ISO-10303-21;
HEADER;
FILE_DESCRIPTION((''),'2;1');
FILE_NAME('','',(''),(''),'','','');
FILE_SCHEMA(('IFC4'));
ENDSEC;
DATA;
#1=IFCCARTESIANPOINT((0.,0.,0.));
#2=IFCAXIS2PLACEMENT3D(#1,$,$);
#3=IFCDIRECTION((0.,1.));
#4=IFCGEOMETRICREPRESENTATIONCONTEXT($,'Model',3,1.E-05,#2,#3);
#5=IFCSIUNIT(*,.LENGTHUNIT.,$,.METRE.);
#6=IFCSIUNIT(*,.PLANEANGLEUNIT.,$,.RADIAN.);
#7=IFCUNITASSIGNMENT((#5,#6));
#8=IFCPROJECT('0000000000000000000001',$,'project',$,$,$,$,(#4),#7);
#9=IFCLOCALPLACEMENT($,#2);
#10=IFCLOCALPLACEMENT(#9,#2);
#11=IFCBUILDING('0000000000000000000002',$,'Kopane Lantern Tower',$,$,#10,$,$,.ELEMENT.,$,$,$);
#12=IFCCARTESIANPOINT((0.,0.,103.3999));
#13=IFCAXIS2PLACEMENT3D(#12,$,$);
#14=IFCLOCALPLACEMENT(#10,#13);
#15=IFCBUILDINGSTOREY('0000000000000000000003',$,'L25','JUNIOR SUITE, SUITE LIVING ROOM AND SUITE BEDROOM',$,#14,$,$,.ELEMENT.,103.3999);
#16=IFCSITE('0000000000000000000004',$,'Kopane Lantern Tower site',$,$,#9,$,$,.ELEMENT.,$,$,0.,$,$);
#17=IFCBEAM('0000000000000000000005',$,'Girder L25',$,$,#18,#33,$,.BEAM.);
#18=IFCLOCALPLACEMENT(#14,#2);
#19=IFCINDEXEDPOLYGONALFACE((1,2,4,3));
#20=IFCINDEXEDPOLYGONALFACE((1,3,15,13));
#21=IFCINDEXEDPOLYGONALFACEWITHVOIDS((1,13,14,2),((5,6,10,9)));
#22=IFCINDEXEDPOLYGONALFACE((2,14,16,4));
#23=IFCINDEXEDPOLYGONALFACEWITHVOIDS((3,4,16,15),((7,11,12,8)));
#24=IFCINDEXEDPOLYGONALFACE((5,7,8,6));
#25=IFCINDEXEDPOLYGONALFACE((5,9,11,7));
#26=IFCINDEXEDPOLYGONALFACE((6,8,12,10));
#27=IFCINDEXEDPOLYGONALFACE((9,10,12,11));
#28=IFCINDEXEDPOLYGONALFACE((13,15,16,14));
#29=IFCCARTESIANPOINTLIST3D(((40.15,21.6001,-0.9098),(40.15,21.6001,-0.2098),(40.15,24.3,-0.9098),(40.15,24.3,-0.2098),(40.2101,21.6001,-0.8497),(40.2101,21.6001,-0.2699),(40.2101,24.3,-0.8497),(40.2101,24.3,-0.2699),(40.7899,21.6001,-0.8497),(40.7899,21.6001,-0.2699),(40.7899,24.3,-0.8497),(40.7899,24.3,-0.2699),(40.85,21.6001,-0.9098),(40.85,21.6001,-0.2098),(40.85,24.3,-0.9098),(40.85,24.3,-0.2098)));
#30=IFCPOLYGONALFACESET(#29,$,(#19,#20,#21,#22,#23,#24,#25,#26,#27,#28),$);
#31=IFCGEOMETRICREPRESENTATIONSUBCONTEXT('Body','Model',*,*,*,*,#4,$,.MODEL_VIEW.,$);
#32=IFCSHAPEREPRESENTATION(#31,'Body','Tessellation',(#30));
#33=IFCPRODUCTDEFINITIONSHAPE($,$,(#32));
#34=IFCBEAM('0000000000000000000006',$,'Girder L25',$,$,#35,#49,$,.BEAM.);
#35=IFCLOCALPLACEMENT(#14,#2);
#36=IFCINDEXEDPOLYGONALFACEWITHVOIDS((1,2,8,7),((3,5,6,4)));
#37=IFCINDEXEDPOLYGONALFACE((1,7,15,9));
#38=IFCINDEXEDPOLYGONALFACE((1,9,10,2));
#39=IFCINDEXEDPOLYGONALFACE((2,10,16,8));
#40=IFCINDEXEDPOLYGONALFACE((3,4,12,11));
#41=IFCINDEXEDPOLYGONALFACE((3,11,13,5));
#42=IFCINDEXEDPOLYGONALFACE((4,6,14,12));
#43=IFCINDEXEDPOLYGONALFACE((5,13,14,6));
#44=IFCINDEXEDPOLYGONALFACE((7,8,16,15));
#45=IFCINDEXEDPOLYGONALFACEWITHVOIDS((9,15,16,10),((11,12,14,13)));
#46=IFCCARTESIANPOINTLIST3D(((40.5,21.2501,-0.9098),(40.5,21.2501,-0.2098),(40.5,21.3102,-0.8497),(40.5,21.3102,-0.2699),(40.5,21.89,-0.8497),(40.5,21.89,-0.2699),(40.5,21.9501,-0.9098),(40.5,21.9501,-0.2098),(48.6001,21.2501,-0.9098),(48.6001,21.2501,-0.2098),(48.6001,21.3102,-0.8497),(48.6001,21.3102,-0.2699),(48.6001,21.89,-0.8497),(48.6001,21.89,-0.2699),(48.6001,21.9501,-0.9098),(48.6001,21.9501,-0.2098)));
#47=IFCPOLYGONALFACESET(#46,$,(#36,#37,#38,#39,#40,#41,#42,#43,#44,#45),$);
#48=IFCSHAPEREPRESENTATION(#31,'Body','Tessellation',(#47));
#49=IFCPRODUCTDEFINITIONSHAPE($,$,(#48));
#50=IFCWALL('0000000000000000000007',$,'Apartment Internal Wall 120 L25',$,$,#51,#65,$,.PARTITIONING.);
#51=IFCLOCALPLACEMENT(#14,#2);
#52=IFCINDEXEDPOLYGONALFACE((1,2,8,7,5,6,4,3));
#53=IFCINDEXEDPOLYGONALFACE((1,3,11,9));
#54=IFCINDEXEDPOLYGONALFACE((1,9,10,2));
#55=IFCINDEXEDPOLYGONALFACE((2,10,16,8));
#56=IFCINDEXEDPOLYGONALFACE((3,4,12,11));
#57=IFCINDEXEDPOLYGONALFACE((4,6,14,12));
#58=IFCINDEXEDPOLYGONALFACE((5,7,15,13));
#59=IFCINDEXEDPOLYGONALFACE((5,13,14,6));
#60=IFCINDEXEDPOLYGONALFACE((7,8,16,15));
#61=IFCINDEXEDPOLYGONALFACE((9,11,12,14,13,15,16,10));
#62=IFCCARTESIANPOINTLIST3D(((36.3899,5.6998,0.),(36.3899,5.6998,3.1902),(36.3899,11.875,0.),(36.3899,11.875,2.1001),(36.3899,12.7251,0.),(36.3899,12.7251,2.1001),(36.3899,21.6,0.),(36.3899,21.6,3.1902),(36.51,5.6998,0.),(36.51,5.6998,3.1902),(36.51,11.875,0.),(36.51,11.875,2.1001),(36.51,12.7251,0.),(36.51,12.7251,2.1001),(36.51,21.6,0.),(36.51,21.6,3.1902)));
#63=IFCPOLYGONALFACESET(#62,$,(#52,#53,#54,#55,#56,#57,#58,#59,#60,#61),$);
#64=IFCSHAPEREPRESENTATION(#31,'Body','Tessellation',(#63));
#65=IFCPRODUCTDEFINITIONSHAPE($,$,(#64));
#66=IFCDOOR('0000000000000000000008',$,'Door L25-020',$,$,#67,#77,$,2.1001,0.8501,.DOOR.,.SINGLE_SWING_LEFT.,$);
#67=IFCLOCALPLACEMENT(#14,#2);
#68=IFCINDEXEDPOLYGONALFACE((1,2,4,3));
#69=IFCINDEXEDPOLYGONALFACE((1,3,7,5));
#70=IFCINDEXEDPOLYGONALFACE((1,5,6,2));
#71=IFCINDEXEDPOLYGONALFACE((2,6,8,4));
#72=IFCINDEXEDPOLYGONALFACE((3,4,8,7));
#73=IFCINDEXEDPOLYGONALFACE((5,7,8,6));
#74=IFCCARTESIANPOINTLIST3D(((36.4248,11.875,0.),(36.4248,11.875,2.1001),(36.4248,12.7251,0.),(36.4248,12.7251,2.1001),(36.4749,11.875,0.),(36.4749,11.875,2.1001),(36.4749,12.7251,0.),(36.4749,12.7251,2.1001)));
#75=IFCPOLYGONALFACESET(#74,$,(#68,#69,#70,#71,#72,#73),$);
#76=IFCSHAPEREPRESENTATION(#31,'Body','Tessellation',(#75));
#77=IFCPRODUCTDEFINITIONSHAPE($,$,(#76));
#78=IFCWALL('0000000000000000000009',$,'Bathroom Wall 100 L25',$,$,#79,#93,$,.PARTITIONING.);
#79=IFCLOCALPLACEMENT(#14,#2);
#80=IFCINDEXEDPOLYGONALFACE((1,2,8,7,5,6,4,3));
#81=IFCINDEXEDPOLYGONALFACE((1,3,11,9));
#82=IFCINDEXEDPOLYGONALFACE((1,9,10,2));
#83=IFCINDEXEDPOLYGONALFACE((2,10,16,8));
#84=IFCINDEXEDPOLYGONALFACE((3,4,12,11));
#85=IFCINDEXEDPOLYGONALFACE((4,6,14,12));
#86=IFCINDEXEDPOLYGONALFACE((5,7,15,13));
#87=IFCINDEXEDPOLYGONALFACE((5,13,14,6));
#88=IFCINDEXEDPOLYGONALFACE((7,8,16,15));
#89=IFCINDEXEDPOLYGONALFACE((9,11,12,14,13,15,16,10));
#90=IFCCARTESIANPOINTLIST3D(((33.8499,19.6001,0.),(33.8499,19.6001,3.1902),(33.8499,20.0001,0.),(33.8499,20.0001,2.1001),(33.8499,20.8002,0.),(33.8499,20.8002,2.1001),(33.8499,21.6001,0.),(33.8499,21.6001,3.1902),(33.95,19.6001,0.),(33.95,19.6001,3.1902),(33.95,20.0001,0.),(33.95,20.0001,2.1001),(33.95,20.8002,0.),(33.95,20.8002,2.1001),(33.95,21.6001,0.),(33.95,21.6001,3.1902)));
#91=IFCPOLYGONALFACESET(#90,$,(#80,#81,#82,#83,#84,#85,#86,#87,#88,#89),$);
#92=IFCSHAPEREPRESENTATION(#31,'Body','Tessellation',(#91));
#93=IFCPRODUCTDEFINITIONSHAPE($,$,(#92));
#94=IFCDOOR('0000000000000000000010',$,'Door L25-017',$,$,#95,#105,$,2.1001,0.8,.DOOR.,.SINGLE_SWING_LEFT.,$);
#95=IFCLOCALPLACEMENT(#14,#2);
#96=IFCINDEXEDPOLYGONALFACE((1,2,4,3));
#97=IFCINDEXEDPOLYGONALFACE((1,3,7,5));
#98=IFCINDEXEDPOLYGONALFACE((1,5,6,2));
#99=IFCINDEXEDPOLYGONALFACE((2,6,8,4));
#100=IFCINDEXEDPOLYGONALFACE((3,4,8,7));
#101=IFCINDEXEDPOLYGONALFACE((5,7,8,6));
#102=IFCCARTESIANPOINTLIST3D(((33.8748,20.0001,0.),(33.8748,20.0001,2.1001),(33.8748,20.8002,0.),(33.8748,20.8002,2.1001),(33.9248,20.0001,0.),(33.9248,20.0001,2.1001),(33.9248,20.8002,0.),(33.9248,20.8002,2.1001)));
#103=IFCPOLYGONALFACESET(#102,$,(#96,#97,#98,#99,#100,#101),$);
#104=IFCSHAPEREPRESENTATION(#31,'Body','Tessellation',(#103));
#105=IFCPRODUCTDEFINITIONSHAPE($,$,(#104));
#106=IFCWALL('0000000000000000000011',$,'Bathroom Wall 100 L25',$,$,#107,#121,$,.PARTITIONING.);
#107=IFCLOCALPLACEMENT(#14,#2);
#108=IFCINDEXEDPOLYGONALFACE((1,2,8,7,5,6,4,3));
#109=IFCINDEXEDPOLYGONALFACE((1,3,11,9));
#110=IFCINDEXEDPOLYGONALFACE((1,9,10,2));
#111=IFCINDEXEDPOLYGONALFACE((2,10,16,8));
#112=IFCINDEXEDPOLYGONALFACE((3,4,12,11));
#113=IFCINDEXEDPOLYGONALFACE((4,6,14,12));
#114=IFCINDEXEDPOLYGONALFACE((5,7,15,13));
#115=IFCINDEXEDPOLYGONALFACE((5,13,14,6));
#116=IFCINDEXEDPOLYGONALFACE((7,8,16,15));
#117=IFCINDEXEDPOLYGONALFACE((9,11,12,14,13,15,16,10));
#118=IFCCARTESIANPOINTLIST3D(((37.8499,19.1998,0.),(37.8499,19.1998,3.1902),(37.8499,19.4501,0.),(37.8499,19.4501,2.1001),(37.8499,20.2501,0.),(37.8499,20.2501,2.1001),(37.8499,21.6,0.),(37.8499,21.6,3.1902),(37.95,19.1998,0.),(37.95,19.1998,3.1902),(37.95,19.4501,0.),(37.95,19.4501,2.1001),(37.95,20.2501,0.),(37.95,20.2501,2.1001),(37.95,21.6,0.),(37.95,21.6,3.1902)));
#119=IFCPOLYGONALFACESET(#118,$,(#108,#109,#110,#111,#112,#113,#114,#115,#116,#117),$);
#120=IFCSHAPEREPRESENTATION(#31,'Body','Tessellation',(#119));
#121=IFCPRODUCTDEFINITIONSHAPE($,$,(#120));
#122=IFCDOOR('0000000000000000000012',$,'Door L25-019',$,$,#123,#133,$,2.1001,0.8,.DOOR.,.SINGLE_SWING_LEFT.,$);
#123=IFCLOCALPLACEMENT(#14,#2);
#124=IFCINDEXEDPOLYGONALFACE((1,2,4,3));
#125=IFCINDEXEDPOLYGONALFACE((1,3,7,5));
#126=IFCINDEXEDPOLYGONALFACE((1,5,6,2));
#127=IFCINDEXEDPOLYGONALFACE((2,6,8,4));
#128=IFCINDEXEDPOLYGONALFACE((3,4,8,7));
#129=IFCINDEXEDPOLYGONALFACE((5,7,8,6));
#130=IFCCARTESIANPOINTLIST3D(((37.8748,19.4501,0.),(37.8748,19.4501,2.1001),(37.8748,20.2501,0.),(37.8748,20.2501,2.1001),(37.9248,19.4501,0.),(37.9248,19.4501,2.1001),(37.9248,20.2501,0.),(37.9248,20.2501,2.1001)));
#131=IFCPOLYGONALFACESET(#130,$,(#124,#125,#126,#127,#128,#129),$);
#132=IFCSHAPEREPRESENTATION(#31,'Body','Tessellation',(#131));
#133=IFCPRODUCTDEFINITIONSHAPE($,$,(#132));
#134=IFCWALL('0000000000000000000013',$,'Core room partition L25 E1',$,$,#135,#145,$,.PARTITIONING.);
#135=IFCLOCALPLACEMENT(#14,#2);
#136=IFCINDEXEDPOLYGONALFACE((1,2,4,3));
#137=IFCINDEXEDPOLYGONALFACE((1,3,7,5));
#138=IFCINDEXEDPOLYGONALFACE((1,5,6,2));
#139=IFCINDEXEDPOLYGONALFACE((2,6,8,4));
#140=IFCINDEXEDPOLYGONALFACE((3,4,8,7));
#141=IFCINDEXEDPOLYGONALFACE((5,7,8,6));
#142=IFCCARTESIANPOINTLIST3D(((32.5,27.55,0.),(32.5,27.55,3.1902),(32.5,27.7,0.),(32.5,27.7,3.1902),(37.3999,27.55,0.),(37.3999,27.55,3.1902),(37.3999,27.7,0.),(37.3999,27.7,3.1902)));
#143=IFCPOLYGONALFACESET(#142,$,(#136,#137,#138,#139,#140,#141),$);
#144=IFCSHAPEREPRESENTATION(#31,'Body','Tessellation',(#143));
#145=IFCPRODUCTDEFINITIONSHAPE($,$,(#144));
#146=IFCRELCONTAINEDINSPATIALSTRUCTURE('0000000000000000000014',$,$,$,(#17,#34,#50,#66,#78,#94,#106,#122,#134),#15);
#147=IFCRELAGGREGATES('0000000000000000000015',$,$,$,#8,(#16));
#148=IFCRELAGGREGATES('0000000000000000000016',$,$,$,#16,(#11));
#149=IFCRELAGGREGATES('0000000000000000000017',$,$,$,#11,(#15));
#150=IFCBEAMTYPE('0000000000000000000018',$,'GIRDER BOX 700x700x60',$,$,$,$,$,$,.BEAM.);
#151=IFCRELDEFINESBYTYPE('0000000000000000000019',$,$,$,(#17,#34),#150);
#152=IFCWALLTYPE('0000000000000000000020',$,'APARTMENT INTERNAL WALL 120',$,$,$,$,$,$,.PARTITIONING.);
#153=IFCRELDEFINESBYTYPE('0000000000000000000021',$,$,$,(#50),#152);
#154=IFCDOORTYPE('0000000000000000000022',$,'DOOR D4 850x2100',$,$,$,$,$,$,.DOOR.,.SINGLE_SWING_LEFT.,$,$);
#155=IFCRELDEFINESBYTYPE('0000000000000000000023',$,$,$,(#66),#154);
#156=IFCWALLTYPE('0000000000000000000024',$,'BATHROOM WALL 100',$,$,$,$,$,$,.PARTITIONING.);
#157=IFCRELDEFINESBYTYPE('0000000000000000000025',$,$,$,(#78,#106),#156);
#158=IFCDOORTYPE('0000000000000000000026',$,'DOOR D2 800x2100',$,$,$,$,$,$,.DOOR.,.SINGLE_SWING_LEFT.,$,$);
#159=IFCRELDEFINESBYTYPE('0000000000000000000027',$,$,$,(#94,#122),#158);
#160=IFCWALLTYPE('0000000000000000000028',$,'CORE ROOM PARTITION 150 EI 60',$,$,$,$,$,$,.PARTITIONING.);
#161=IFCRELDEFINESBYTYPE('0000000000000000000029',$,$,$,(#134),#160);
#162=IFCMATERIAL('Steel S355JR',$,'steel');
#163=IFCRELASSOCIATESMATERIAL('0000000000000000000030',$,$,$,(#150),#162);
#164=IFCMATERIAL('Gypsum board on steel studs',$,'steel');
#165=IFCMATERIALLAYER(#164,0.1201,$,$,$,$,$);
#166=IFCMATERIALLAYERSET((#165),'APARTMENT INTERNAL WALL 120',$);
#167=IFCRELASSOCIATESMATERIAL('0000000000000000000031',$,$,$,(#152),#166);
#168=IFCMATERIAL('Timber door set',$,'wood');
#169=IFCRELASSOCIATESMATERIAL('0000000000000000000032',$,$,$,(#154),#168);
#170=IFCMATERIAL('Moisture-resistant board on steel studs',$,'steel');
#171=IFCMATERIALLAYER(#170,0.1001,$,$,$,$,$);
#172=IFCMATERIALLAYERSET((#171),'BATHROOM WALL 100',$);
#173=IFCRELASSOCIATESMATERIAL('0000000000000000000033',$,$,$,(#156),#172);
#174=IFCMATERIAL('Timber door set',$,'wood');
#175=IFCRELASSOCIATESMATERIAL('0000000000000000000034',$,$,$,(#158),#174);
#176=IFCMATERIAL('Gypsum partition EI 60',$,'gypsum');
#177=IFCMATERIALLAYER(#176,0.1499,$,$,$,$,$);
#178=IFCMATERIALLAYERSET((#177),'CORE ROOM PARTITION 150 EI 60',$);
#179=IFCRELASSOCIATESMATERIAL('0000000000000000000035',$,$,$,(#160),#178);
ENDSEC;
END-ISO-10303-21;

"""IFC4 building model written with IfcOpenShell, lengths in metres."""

from ifc_helpers import new_model, si_unit, direction, frame, frame_2d, origin, origin_2d, place, context, subcontext, project, spatial, rectangle, hollow_rectangle, extrude, material, layer, layer_set, material_profile, profile_set, type_object, element, fill, save


model = new_model("IFC4")

# Units and contexts
model_context = context("Model", 3, precision=1e-05, world=origin(), true_north=direction((0.0, 1.0)))
body_context = subcontext(model_context, "Body", "Model", "MODEL_VIEW")
ifc_project = project(units=[si_unit("LENGTHUNIT", "METRE"), si_unit("PLANEANGLEUNIT", "RADIAN")], contexts=[model_context])

# Site, building, storey
site_placement = place(None, origin())
site = spatial("IfcSite", under=ifc_project, at=site_placement, Name="Kopane Lantern Tower site", CompositionType="ELEMENT", RefElevation=0.0)
building_placement = place(site_placement, origin())
building = spatial("IfcBuilding", under=site, at=building_placement, Name="Kopane Lantern Tower", CompositionType="ELEMENT")
storey_placement = place(building_placement, frame((0.0, 0.0, 103.3999)))
storey = spatial("IfcBuildingStorey", under=building, at=storey_placement, Name="L25", Description="JUNIOR SUITE, SUITE LIVING ROOM AND SUITE BEDROOM", CompositionType="ELEMENT", Elevation=103.3999)

# Beams
ifc_material_1 = material(Name="Steel S355JR", Category="steel")
ifc_material_profile_1 = material_profile(ifc_material_1, hollow_rectangle(XDim=0.7, YDim=0.7, WallThickness=0.0601, at=origin_2d()), Name="BOX 700x700x60")
ifc_profile_set_1 = profile_set([ifc_material_profile_1], Name="Steel S355JR")
beam_type_1 = type_object("IfcBeamType", Name="GIRDER BOX 700x700x60", PredefinedType="BEAM", material=ifc_profile_set_1)
beam_1_placement = place(storey_placement, frame((40.5, 21.6001, -0.5598), z_axis=(0.0, 1.0, 0.0), x_axis=(-1.0, 0.0, 0.0)))
element("IfcBeam", 1, at=beam_1_placement, inside=storey, type_object=beam_type_1, Name="Girder L25", PredefinedType="BEAM", context=body_context, shape_type="SweptSolid", body=[
    extrude(hollow_rectangle(XDim=0.7, YDim=0.7, WallThickness=0.0601, at=origin_2d()), origin(), (0.0, 0.0, 1.0), 2.7),
])
beam_2_placement = place(storey_placement, frame((40.5, 21.6001, -0.5598), z_axis=(1.0, 0.0, 0.0), x_axis=(0.0, 1.0, 0.0)))
element("IfcBeam", 2, at=beam_2_placement, inside=storey, type_object=beam_type_1, Name="Girder L25", PredefinedType="BEAM", context=body_context, shape_type="SweptSolid", body=[
    extrude(hollow_rectangle(XDim=0.7, YDim=0.7, WallThickness=0.0601, at=origin_2d()), origin(), (0.0, 0.0, 1.0), 8.1001),
])

# Walls, openings, doors
ifc_material_2 = material(Name="Gypsum board on steel studs", Category="steel")
ifc_layer_1 = layer(ifc_material_2, 0.1201)
ifc_layer_set_1 = layer_set([ifc_layer_1], Name="APARTMENT INTERNAL WALL 120")
wall_type_1 = type_object("IfcWallType", Name="APARTMENT INTERNAL WALL 120", PredefinedType="PARTITIONING", material=ifc_layer_set_1)
wall_1_placement = place(storey_placement, frame((36.45, 21.6001, 0.0), z_axis=(0.0, 0.0, 1.0), x_axis=(0.0, -1.0, 0.0)))
wall_1 = element("IfcWall", 3, at=wall_1_placement, inside=storey, type_object=wall_type_1, Name="Apartment Internal Wall 120 L25", PredefinedType="PARTITIONING", context=body_context, shape_type="SweptSolid", body=[
    extrude(rectangle(XDim=15.9001, YDim=0.1201, at=frame_2d((7.9502, 0.0))), origin(), (0.0, 0.0, 1.0), 3.1902),
])
opening_1_placement = place(wall_1_placement, frame((8.875, 0.0, 0.0)))
opening_1 = element("IfcOpeningElement", 4, at=opening_1_placement, cuts=wall_1, PredefinedType="OPENING", context=body_context, shape_type="SweptSolid", body=[
    extrude(rectangle(XDim=0.8501, YDim=2.1001, at=frame_2d((0.425, 1.05))), frame((0.0, 0.0701, 0.0), z_axis=(0.0, -1.0, 0.0), x_axis=(1.0, 0.0, 0.0)), (0.0, 0.0, 1.0), 0.1401),
])
ifc_material_3 = material(Name="Timber door set", Category="wood")
door_type_1 = type_object("IfcDoorType", Name="DOOR D4 850x2100", OperationType="SINGLE_SWING_LEFT", PredefinedType="DOOR", material=ifc_material_3)
door_1_placement = place(opening_1_placement, origin())
door_1 = element("IfcDoor", 5, at=door_1_placement, inside=storey, type_object=door_type_1, Name="Door L25-020", OperationType="SINGLE_SWING_LEFT", OverallHeight=2.1001, OverallWidth=0.8501, PredefinedType="DOOR", context=body_context, shape_type="SweptSolid", body=[
    extrude(rectangle(XDim=0.8501, YDim=2.1001, at=frame_2d((0.425, 1.05))), frame((0.0, 0.0249, 0.0), z_axis=(0.0, -1.0, 0.0), x_axis=(1.0, 0.0, 0.0)), (0.0, 0.0, 1.0), 0.05),
])
fill(opening_1, door_1)
ifc_material_4 = material(Name="Moisture-resistant board on steel studs", Category="steel")
ifc_layer_2 = layer(ifc_material_4, 0.1001)
ifc_layer_set_2 = layer_set([ifc_layer_2], Name="BATHROOM WALL 100")
wall_type_2 = type_object("IfcWallType", Name="BATHROOM WALL 100", PredefinedType="PARTITIONING", material=ifc_layer_set_2)
wall_2_placement = place(storey_placement, frame((33.8999, 21.6001, 0.0), z_axis=(0.0, 0.0, 1.0), x_axis=(0.0, -1.0, 0.0)))
wall_2 = element("IfcWall", 6, at=wall_2_placement, inside=storey, type_object=wall_type_2, Name="Bathroom Wall 100 L25", PredefinedType="PARTITIONING", context=body_context, shape_type="SweptSolid", body=[
    extrude(rectangle(XDim=2.0, YDim=0.1001, at=frame_2d((1.0, 0.0))), origin(), (0.0, 0.0, 1.0), 3.1902),
])
opening_2_placement = place(wall_2_placement, frame((0.8, 0.0, 0.0)))
opening_2 = element("IfcOpeningElement", 7, at=opening_2_placement, cuts=wall_2, PredefinedType="OPENING", context=body_context, shape_type="SweptSolid", body=[
    extrude(rectangle(XDim=0.8, YDim=2.1001, at=frame_2d((0.3999, 1.05))), frame((0.0, 0.0601, 0.0), z_axis=(0.0, -1.0, 0.0), x_axis=(1.0, 0.0, 0.0)), (0.0, 0.0, 1.0), 0.1201),
])
ifc_material_5 = material(Name="Timber door set", Category="wood")
door_type_2 = type_object("IfcDoorType", Name="DOOR D2 800x2100", OperationType="SINGLE_SWING_LEFT", PredefinedType="DOOR", material=ifc_material_5)
door_2_placement = place(opening_2_placement, origin())
door_2 = element("IfcDoor", 8, at=door_2_placement, inside=storey, type_object=door_type_2, Name="Door L25-017", OperationType="SINGLE_SWING_LEFT", OverallHeight=2.1001, OverallWidth=0.8, PredefinedType="DOOR", context=body_context, shape_type="SweptSolid", body=[
    extrude(rectangle(XDim=0.8, YDim=2.1001, at=frame_2d((0.3999, 1.05))), frame((0.0, 0.0249, 0.0), z_axis=(0.0, -1.0, 0.0), x_axis=(1.0, 0.0, 0.0)), (0.0, 0.0, 1.0), 0.05),
])
fill(opening_2, door_2)
wall_3_placement = place(storey_placement, frame((37.8999, 21.6001, 0.0), z_axis=(0.0, 0.0, 1.0), x_axis=(0.0, -1.0, 0.0)))
wall_3 = element("IfcWall", 9, at=wall_3_placement, inside=storey, type_object=wall_type_2, Name="Bathroom Wall 100 L25", PredefinedType="PARTITIONING", context=body_context, shape_type="SweptSolid", body=[
    extrude(rectangle(XDim=2.4001, YDim=0.1001, at=frame_2d((1.2002, 0.0))), origin(), (0.0, 0.0, 1.0), 3.1902),
])
opening_3_placement = place(wall_3_placement, frame((1.3501, 0.0, 0.0)))
opening_3 = element("IfcOpeningElement", 10, at=opening_3_placement, cuts=wall_3, PredefinedType="OPENING", context=body_context, shape_type="SweptSolid", body=[
    extrude(rectangle(XDim=0.8, YDim=2.1001, at=frame_2d((0.3999, 1.05))), frame((0.0, 0.0601, 0.0), z_axis=(0.0, -1.0, 0.0), x_axis=(1.0, 0.0, 0.0)), (0.0, 0.0, 1.0), 0.1201),
])
door_3_placement = place(opening_3_placement, origin())
door_3 = element("IfcDoor", 11, at=door_3_placement, inside=storey, type_object=door_type_2, Name="Door L25-019", OperationType="SINGLE_SWING_LEFT", OverallHeight=2.1001, OverallWidth=0.8, PredefinedType="DOOR", context=body_context, shape_type="SweptSolid", body=[
    extrude(rectangle(XDim=0.8, YDim=2.1001, at=frame_2d((0.3999, 1.05))), frame((0.0, 0.0249, 0.0), z_axis=(0.0, -1.0, 0.0), x_axis=(1.0, 0.0, 0.0)), (0.0, 0.0, 1.0), 0.05),
])
fill(opening_3, door_3)

# Wall
ifc_material_6 = material(Name="Gypsum partition EI 60", Category="gypsum")
ifc_layer_3 = layer(ifc_material_6, 0.1499)
ifc_layer_set_3 = layer_set([ifc_layer_3], Name="CORE ROOM PARTITION 150 EI 60")
wall_type_3 = type_object("IfcWallType", Name="CORE ROOM PARTITION 150 EI 60", PredefinedType="PARTITIONING", material=ifc_layer_set_3)
wall_4_placement = place(storey_placement, frame((32.5, 27.625, 0.0), z_axis=(0.0, 0.0, 1.0), x_axis=(1.0, 0.0, 0.0)))
element("IfcWall", 12, at=wall_4_placement, inside=storey, type_object=wall_type_3, Name="Core room partition L25 E1", PredefinedType="PARTITIONING", context=body_context, shape_type="SweptSolid", body=[
    extrude(rectangle(XDim=4.8999, YDim=0.1499, at=frame_2d((2.45, 0.0))), origin(), (0.0, 0.0, 1.0), 3.1902),
])

save(model, "model.ifc")
